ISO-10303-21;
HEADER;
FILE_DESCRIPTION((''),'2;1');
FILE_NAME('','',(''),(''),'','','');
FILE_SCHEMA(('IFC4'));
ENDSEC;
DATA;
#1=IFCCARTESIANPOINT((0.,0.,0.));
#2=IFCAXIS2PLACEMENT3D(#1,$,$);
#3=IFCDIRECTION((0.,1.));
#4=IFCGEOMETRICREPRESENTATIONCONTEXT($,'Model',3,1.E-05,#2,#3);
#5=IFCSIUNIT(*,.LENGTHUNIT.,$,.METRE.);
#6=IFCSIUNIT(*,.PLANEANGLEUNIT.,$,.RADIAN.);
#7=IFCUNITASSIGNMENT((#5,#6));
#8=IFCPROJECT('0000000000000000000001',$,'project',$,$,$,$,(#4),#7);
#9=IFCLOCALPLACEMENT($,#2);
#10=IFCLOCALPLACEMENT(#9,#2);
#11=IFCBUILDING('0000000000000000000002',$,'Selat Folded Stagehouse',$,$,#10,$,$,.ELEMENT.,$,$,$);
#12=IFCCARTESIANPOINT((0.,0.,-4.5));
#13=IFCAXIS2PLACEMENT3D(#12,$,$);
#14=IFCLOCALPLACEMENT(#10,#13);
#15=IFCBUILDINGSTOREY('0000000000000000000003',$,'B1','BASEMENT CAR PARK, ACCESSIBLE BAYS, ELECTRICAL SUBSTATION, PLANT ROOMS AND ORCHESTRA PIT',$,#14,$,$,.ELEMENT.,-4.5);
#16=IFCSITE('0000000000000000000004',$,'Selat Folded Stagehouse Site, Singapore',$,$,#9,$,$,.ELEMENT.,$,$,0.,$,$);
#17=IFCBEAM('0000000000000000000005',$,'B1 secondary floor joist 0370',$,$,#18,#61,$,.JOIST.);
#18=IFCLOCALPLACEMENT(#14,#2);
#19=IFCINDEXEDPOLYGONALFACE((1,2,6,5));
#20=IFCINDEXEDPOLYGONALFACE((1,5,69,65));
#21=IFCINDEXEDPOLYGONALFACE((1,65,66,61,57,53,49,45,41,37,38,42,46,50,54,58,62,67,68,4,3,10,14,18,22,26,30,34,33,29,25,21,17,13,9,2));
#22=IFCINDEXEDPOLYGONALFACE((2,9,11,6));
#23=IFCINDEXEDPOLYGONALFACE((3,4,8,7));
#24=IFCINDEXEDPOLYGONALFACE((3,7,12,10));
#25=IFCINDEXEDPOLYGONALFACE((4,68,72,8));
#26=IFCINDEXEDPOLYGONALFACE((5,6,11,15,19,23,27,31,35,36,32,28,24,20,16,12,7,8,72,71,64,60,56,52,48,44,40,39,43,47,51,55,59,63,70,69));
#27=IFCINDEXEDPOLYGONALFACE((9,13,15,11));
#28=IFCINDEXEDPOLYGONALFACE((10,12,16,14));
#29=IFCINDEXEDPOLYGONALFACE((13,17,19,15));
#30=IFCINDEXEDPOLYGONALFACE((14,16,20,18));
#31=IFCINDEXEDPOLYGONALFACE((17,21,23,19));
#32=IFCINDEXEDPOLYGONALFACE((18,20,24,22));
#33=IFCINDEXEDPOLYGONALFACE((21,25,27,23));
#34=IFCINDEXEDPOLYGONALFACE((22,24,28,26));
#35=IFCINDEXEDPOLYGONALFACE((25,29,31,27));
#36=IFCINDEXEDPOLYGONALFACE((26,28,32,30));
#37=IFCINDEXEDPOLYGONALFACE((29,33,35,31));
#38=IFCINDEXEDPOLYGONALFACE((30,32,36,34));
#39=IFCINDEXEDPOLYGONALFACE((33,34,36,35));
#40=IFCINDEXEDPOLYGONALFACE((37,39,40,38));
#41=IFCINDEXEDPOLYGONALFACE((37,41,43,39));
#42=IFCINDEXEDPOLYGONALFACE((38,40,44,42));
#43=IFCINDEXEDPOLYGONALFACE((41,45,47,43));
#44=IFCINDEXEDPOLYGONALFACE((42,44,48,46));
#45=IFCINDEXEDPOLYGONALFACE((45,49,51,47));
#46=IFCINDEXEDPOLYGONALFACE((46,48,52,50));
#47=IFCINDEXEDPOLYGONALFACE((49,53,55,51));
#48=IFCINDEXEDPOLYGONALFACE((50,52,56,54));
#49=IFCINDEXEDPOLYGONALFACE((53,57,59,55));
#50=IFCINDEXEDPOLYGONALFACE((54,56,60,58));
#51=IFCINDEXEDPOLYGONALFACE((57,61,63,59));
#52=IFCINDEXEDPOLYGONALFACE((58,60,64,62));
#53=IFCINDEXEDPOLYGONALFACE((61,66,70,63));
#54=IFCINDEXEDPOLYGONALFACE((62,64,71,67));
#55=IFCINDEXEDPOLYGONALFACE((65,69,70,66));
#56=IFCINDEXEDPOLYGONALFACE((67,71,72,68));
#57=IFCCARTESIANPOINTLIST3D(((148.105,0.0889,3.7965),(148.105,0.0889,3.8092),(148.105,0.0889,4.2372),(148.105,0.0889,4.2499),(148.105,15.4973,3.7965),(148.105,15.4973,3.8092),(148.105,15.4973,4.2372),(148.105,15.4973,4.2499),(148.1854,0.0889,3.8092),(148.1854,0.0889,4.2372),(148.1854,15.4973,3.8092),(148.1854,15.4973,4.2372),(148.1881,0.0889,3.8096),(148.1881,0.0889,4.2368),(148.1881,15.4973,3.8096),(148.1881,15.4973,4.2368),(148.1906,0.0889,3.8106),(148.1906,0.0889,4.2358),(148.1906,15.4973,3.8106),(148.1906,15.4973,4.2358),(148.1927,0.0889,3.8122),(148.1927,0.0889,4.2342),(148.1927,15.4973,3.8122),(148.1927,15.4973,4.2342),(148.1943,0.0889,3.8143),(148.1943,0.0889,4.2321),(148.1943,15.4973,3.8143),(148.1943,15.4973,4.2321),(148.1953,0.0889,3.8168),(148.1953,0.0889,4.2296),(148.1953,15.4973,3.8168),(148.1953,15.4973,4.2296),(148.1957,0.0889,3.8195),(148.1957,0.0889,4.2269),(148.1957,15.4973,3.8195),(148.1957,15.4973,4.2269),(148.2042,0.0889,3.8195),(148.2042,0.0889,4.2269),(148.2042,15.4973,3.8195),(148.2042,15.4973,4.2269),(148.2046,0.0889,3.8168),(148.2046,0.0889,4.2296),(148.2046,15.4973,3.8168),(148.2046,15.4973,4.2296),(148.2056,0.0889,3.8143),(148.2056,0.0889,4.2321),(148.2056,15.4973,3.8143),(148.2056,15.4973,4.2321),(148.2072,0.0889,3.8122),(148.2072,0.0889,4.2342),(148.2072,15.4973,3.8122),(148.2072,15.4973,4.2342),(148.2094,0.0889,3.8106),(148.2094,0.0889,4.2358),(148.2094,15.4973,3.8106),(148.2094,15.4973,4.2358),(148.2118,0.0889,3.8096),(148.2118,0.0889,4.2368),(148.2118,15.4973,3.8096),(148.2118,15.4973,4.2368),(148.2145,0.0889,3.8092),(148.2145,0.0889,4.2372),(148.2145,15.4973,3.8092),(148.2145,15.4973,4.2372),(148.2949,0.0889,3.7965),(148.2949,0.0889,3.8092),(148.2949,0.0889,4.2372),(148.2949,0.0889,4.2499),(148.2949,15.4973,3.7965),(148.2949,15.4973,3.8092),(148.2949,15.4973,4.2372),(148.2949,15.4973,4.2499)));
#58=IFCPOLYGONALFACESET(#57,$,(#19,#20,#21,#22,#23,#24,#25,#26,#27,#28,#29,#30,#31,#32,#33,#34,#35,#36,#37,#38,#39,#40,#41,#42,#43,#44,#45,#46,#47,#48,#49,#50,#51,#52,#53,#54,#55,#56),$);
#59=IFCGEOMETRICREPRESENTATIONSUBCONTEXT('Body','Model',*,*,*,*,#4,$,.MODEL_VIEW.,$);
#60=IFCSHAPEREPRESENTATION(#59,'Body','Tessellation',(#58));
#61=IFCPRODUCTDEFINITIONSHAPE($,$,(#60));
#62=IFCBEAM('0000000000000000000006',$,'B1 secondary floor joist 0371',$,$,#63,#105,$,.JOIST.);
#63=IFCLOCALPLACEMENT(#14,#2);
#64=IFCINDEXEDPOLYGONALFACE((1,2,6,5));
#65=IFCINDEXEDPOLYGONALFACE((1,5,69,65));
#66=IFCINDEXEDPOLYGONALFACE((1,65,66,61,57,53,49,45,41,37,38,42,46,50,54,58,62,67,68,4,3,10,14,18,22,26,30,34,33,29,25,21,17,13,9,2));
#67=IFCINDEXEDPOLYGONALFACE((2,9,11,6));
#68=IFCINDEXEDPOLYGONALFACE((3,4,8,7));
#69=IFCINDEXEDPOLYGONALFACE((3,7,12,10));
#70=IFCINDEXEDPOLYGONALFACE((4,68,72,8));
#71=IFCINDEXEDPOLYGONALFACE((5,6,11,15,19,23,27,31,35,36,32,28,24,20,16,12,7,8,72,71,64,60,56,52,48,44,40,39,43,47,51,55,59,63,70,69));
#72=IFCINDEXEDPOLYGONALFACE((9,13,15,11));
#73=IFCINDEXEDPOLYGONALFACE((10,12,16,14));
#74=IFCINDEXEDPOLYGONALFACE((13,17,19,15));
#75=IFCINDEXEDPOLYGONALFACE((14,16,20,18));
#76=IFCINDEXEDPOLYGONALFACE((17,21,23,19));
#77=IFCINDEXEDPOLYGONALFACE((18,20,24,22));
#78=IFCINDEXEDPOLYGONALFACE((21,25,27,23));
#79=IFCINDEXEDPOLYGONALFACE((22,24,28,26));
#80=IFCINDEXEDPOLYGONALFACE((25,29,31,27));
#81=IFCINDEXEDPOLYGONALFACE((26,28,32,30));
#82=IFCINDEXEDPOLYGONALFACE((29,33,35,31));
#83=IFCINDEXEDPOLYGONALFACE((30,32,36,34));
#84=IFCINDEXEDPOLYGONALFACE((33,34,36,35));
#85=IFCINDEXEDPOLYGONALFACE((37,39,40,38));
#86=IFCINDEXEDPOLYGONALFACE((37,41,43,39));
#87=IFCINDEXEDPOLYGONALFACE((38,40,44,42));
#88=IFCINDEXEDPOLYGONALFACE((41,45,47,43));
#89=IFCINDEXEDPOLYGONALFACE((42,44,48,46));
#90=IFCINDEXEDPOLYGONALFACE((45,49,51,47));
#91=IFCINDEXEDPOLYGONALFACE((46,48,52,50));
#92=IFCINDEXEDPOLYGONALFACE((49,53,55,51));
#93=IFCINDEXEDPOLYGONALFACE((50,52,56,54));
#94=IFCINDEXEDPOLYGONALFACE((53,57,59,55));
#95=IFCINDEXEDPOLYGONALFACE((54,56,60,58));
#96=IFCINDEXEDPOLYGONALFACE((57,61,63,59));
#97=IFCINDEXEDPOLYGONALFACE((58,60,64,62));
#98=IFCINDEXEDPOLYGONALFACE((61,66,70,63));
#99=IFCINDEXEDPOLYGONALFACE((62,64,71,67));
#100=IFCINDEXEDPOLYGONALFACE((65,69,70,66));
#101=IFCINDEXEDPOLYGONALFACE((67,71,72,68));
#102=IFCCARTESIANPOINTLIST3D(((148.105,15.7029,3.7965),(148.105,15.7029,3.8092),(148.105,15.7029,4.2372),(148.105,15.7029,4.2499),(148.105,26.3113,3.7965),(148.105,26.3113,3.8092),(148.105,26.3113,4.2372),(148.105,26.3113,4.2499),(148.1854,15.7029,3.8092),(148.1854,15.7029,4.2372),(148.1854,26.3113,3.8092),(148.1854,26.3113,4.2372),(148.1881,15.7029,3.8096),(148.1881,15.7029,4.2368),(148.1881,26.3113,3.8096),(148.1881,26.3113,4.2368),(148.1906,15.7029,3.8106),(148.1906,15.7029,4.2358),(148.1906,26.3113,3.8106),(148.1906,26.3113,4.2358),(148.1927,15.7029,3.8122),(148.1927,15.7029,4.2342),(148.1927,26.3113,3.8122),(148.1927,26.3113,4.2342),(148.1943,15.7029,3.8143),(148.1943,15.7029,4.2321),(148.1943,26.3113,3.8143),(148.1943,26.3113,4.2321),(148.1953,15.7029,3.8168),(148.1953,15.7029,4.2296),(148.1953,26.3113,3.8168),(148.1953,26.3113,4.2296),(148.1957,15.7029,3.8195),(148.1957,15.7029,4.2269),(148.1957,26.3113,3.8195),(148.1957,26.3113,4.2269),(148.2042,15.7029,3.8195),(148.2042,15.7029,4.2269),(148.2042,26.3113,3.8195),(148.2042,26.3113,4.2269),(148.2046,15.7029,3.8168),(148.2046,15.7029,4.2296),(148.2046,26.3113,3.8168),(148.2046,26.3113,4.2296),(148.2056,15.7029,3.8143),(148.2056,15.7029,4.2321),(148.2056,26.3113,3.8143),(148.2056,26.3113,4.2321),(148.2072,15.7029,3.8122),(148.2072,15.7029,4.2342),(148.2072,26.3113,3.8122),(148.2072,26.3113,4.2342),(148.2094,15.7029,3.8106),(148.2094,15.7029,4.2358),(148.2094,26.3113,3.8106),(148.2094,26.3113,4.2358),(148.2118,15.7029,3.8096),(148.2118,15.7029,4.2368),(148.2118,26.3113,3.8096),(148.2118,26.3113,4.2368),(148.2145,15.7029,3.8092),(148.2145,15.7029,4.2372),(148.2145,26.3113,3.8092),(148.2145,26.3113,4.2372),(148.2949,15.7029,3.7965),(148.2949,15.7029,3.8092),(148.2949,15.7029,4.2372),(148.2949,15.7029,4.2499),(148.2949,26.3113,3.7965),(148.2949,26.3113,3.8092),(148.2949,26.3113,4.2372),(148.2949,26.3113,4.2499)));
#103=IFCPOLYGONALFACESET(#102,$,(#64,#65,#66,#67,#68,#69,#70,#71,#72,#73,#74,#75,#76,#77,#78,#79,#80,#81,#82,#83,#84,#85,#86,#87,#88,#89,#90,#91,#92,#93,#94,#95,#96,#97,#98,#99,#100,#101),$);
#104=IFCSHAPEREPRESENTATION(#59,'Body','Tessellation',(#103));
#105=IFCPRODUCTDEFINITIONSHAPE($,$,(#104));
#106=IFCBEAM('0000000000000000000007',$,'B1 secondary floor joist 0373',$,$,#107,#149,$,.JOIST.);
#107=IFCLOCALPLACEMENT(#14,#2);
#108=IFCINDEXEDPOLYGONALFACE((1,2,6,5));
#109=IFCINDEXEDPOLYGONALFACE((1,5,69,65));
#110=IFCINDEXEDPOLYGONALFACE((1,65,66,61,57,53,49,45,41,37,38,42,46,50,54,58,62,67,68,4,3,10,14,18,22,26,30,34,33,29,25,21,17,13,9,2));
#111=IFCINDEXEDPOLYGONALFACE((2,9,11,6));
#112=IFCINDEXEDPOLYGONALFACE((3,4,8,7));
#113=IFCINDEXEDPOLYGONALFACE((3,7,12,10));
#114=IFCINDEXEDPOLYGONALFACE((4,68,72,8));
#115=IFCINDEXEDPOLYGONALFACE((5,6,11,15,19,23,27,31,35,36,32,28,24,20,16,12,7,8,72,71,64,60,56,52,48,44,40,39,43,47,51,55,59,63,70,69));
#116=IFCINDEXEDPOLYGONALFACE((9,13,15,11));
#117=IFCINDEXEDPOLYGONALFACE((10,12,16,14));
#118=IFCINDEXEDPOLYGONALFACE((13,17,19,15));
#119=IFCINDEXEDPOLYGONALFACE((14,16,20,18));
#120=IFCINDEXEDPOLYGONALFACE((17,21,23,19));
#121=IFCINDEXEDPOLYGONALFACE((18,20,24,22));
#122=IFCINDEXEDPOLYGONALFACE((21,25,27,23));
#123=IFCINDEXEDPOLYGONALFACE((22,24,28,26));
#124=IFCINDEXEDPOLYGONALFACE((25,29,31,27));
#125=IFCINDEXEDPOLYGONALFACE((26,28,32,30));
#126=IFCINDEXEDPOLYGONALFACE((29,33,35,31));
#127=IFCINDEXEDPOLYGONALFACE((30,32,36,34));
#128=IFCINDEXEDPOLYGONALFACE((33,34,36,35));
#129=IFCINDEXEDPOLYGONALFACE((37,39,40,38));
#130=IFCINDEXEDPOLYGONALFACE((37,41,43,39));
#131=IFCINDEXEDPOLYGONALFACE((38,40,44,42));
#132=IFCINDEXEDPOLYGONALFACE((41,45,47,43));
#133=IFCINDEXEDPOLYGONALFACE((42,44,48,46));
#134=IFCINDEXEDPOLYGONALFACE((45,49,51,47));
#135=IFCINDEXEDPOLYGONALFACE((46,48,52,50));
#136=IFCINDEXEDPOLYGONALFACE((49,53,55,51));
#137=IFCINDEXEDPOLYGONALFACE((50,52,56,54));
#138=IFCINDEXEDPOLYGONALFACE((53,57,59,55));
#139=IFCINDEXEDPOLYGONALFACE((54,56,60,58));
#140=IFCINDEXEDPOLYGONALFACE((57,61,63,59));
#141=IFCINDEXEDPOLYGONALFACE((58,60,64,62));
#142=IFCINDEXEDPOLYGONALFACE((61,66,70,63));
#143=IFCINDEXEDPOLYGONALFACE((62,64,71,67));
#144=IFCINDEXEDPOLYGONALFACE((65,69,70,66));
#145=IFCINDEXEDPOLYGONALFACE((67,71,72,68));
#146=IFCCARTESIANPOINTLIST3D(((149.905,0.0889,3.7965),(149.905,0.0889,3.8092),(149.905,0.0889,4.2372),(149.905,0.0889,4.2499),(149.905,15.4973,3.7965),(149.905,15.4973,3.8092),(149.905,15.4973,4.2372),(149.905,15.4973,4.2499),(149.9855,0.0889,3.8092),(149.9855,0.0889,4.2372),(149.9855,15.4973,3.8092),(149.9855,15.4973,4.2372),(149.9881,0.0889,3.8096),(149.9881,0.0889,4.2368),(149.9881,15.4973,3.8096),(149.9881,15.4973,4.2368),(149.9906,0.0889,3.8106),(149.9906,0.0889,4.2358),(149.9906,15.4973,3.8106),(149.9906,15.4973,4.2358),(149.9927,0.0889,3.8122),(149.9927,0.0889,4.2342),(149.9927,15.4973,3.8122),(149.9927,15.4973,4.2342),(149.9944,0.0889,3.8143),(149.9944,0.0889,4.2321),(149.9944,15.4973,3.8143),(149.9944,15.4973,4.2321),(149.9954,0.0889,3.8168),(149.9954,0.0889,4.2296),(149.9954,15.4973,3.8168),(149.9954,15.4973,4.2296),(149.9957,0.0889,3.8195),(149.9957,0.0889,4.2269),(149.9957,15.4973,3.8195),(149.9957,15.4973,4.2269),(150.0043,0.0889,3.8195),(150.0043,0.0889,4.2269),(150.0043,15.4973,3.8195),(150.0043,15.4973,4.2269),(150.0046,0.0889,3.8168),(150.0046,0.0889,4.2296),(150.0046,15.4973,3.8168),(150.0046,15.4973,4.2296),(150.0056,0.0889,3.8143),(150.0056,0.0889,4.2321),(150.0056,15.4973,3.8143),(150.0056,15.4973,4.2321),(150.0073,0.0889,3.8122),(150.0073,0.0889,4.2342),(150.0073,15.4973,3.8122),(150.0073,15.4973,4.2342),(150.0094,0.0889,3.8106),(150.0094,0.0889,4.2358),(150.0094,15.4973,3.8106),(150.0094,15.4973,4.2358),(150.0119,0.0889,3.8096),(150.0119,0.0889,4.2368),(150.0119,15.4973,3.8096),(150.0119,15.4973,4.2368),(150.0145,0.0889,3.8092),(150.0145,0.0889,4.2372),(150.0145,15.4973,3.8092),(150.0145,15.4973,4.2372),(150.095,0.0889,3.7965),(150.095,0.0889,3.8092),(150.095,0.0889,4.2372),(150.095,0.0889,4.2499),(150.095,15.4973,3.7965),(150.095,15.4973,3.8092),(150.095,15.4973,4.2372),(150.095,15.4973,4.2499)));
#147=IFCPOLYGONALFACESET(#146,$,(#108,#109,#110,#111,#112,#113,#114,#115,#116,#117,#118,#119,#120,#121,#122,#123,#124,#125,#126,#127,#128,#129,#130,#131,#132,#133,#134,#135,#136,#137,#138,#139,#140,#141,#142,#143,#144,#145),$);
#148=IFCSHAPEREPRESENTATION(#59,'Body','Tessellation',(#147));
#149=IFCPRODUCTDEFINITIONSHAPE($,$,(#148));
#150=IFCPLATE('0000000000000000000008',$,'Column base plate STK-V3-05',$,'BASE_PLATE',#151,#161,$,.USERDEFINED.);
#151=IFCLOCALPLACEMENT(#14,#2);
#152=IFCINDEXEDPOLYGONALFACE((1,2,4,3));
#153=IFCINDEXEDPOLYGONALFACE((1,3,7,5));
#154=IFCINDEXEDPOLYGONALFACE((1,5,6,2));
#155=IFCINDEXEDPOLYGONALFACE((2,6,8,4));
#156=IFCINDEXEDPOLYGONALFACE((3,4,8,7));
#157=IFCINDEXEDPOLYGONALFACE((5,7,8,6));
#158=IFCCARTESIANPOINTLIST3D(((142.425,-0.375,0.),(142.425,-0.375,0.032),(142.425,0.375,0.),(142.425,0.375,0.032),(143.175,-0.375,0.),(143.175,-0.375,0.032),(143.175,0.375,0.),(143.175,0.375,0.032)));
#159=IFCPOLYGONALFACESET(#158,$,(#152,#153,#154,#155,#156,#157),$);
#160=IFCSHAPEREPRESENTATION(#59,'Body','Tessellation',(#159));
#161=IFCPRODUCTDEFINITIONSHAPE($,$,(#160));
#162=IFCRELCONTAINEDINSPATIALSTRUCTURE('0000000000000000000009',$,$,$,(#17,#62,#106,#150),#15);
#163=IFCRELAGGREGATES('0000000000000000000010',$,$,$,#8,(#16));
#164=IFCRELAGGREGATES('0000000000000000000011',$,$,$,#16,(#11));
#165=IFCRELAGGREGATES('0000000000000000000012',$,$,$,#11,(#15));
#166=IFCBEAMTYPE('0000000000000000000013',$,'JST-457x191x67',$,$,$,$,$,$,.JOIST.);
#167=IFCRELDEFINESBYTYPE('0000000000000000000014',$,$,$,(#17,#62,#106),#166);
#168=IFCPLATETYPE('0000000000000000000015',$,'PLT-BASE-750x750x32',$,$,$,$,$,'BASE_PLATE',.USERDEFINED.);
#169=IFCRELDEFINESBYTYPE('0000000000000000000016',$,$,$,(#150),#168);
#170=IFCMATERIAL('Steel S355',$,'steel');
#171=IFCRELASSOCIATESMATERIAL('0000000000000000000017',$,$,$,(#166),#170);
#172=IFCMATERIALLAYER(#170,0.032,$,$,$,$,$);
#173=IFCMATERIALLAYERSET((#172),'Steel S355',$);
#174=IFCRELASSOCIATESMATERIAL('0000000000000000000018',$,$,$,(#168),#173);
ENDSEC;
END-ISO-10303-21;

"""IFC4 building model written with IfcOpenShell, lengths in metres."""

from ifc_helpers import new_model, si_unit, direction, frame, origin, origin_2d, place, context, subcontext, project, spatial, rectangle, i_section, extrude, material, layer, layer_set, material_profile, profile_set, type_object, element, save


model = new_model("IFC4")

# Units and contexts
model_context = context("Model", 3, precision=1e-05, world=origin(), true_north=direction((0.0, 1.0)))
body_context = subcontext(model_context, "Body", "Model", "MODEL_VIEW")
ifc_project = project(units=[si_unit("LENGTHUNIT", "METRE"), si_unit("PLANEANGLEUNIT", "RADIAN")], contexts=[model_context])

# Site, building, storey
site_placement = place(None, origin())
site = spatial("IfcSite", under=ifc_project, at=site_placement, Name="Selat Folded Stagehouse Site, Singapore", CompositionType="ELEMENT", RefElevation=0.0)
building_placement = place(site_placement, origin())
building = spatial("IfcBuilding", under=site, at=building_placement, Name="Selat Folded Stagehouse", CompositionType="ELEMENT")
storey_placement = place(building_placement, frame((0.0, 0.0, -4.5)))
storey = spatial("IfcBuildingStorey", under=building, at=storey_placement, Name="B1", Description="BASEMENT CAR PARK, ACCESSIBLE BAYS, ELECTRICAL SUBSTATION, PLANT ROOMS AND ORCHESTRA PIT", CompositionType="ELEMENT", Elevation=-4.5)

# Shared definitions
ifc_material_1 = material(Name="Steel S355", Category="steel")

# Beams
ifc_material_profile_1 = material_profile(ifc_material_1, i_section(OverallWidth=0.1899, OverallDepth=0.4534, WebThickness=0.0085, FlangeThickness=0.0127, FilletRadius=0.0103, at=origin_2d()), Name="UKB 457x191x67")
ifc_profile_set_1 = profile_set([ifc_material_profile_1], Name="Steel S355")
beam_type_1 = type_object("IfcBeamType", Name="JST-457x191x67", PredefinedType="JOIST", material=ifc_profile_set_1)
beam_1_placement = place(storey_placement, frame((148.2, 0.0889, 4.0232), z_axis=(0.0, 1.0, 0.0), x_axis=(-1.0, 0.0, 0.0)))
element("IfcBeam", 1, at=beam_1_placement, inside=storey, type_object=beam_type_1, Name="B1 secondary floor joist 0370", PredefinedType="JOIST", context=body_context, shape_type="SweptSolid", body=[
    extrude(i_section(OverallWidth=0.1899, OverallDepth=0.4534, WebThickness=0.0085, FlangeThickness=0.0127, FilletRadius=0.0103, at=origin_2d()), origin(), (0.0, 0.0, 1.0), 15.4084),
])
beam_2_placement = place(storey_placement, frame((148.2, 15.7029, 4.0232), z_axis=(0.0, 1.0, 0.0), x_axis=(-1.0, 0.0, 0.0)))
element("IfcBeam", 2, at=beam_2_placement, inside=storey, type_object=beam_type_1, Name="B1 secondary floor joist 0371", PredefinedType="JOIST", context=body_context, shape_type="SweptSolid", body=[
    extrude(i_section(OverallWidth=0.1899, OverallDepth=0.4534, WebThickness=0.0085, FlangeThickness=0.0127, FilletRadius=0.0103, at=origin_2d()), origin(), (0.0, 0.0, 1.0), 10.6084),
])
beam_3_placement = place(storey_placement, frame((150.0, 0.0889, 4.0232), z_axis=(0.0, 1.0, 0.0), x_axis=(-1.0, 0.0, 0.0)))
element("IfcBeam", 3, at=beam_3_placement, inside=storey, type_object=beam_type_1, Name="B1 secondary floor joist 0373", PredefinedType="JOIST", context=body_context, shape_type="SweptSolid", body=[
    extrude(i_section(OverallWidth=0.1899, OverallDepth=0.4534, WebThickness=0.0085, FlangeThickness=0.0127, FilletRadius=0.0103, at=origin_2d()), origin(), (0.0, 0.0, 1.0), 15.4084),
])

# Plate
ifc_layer = layer(ifc_material_1, 0.032)
ifc_layer_set = layer_set([ifc_layer], Name="Steel S355")
plate_type = type_object("IfcPlateType", Name="PLT-BASE-750x750x32", ElementType="BASE_PLATE", PredefinedType="USERDEFINED", material=ifc_layer_set)
plate_placement = place(storey_placement, frame((142.8, 0.0, 0.0), z_axis=(0.0, 0.0, 1.0), x_axis=(1.0, 0.0, 0.0)))
element("IfcPlate", 4, at=plate_placement, inside=storey, type_object=plate_type, Name="Column base plate STK-V3-05", ObjectType="BASE_PLATE", PredefinedType="USERDEFINED", context=body_context, shape_type="SweptSolid", body=[
    extrude(rectangle(XDim=0.75, YDim=0.75, at=origin_2d()), origin(), (0.0, 0.0, 1.0), 0.032),
])

save(model, "model.ifc")
